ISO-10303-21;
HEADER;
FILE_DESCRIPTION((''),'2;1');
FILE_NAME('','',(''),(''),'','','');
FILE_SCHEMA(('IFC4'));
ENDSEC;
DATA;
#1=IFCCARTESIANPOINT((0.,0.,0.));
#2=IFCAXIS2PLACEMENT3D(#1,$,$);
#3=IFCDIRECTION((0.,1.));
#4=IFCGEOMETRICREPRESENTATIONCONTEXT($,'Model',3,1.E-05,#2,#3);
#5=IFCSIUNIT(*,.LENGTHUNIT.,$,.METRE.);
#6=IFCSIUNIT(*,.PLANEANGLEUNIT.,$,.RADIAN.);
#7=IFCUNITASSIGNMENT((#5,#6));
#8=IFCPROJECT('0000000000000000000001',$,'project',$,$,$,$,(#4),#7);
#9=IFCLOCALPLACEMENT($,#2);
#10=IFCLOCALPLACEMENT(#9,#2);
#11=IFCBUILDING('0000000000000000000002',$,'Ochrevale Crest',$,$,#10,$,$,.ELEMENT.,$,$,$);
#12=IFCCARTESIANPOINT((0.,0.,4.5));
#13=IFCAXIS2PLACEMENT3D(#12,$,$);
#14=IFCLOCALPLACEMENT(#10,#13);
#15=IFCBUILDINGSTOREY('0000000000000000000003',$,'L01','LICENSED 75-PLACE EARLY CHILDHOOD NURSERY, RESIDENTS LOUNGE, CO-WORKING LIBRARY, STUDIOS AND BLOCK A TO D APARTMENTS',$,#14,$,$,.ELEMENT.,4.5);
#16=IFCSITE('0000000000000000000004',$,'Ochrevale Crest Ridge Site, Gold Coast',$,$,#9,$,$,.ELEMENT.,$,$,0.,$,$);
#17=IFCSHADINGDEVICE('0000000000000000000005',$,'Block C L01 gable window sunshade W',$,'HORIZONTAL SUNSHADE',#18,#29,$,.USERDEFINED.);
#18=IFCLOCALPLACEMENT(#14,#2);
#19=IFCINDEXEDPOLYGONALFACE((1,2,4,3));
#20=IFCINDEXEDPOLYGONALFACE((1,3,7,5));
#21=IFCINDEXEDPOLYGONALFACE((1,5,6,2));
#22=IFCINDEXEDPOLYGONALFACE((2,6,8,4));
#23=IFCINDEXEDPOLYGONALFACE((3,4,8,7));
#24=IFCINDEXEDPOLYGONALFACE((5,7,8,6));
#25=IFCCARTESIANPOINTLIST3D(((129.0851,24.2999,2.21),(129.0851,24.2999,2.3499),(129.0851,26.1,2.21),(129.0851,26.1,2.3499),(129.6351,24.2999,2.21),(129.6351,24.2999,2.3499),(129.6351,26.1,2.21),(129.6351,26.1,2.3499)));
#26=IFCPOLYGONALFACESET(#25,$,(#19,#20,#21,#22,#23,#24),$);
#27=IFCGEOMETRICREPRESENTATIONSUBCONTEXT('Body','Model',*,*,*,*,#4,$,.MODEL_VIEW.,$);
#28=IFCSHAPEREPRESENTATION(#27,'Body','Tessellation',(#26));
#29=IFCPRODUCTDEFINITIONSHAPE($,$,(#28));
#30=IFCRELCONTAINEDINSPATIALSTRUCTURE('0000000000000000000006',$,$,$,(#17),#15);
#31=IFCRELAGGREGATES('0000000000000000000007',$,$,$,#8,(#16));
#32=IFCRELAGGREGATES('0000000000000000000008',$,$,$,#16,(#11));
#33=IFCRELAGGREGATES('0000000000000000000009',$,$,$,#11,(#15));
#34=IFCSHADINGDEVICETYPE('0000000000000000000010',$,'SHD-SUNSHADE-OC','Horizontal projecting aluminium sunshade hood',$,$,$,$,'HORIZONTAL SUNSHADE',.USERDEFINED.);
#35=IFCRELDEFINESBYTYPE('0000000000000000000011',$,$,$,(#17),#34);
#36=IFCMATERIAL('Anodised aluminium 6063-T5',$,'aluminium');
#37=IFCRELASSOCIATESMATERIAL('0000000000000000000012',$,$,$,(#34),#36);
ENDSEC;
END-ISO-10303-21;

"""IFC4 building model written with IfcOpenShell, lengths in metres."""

from ifc_helpers import new_model, si_unit, direction, frame, origin, origin_2d, place, context, subcontext, project, spatial, rectangle, extrude, material, type_object, element, save


model = new_model("IFC4")

# Units and contexts
model_context = context("Model", 3, precision=1e-05, world=origin(), true_north=direction((0.0, 1.0)))
body_context = subcontext(model_context, "Body", "Model", "MODEL_VIEW")
ifc_project = project(units=[si_unit("LENGTHUNIT", "METRE"), si_unit("PLANEANGLEUNIT", "RADIAN")], contexts=[model_context])

# Site, building, storey
site_placement = place(None, origin())
site = spatial("IfcSite", under=ifc_project, at=site_placement, Name="Ochrevale Crest Ridge Site, Gold Coast", CompositionType="ELEMENT", RefElevation=0.0)
building_placement = place(site_placement, origin())
building = spatial("IfcBuilding", under=site, at=building_placement, Name="Ochrevale Crest", CompositionType="ELEMENT")
storey_placement = place(building_placement, frame((0.0, 0.0, 4.5)))
storey = spatial("IfcBuildingStorey", under=building, at=storey_placement, Name="L01", Description="LICENSED 75-PLACE EARLY CHILDHOOD NURSERY, RESIDENTS LOUNGE, CO-WORKING LIBRARY, STUDIOS AND BLOCK A TO D APARTMENTS", CompositionType="ELEMENT", Elevation=4.5)

# Shading device
ifc_material_1 = material(Name="Anodised aluminium 6063-T5", Category="aluminium")
shading_device_type = type_object("IfcShadingDeviceType", Name="SHD-SUNSHADE-OC", Description="Horizontal projecting aluminium sunshade hood", ElementType="HORIZONTAL SUNSHADE", PredefinedType="USERDEFINED", material=ifc_material_1)
shading_device_placement = place(storey_placement, frame((129.3601, 25.2, 2.21), z_axis=(0.0, 0.0, 1.0), x_axis=(1.0, 0.0, 0.0)))
element("IfcShadingDevice", 1, at=shading_device_placement, inside=storey, type_object=shading_device_type, Name="Block C L01 gable window sunshade W", ObjectType="HORIZONTAL SUNSHADE", PredefinedType="USERDEFINED", context=body_context, shape_type="SweptSolid", body=[
    extrude(rectangle(XDim=0.55, YDim=1.8, at=origin_2d()), origin(), (0.0, 0.0, 1.0), 0.1399),
])

save(model, "model.ifc")
